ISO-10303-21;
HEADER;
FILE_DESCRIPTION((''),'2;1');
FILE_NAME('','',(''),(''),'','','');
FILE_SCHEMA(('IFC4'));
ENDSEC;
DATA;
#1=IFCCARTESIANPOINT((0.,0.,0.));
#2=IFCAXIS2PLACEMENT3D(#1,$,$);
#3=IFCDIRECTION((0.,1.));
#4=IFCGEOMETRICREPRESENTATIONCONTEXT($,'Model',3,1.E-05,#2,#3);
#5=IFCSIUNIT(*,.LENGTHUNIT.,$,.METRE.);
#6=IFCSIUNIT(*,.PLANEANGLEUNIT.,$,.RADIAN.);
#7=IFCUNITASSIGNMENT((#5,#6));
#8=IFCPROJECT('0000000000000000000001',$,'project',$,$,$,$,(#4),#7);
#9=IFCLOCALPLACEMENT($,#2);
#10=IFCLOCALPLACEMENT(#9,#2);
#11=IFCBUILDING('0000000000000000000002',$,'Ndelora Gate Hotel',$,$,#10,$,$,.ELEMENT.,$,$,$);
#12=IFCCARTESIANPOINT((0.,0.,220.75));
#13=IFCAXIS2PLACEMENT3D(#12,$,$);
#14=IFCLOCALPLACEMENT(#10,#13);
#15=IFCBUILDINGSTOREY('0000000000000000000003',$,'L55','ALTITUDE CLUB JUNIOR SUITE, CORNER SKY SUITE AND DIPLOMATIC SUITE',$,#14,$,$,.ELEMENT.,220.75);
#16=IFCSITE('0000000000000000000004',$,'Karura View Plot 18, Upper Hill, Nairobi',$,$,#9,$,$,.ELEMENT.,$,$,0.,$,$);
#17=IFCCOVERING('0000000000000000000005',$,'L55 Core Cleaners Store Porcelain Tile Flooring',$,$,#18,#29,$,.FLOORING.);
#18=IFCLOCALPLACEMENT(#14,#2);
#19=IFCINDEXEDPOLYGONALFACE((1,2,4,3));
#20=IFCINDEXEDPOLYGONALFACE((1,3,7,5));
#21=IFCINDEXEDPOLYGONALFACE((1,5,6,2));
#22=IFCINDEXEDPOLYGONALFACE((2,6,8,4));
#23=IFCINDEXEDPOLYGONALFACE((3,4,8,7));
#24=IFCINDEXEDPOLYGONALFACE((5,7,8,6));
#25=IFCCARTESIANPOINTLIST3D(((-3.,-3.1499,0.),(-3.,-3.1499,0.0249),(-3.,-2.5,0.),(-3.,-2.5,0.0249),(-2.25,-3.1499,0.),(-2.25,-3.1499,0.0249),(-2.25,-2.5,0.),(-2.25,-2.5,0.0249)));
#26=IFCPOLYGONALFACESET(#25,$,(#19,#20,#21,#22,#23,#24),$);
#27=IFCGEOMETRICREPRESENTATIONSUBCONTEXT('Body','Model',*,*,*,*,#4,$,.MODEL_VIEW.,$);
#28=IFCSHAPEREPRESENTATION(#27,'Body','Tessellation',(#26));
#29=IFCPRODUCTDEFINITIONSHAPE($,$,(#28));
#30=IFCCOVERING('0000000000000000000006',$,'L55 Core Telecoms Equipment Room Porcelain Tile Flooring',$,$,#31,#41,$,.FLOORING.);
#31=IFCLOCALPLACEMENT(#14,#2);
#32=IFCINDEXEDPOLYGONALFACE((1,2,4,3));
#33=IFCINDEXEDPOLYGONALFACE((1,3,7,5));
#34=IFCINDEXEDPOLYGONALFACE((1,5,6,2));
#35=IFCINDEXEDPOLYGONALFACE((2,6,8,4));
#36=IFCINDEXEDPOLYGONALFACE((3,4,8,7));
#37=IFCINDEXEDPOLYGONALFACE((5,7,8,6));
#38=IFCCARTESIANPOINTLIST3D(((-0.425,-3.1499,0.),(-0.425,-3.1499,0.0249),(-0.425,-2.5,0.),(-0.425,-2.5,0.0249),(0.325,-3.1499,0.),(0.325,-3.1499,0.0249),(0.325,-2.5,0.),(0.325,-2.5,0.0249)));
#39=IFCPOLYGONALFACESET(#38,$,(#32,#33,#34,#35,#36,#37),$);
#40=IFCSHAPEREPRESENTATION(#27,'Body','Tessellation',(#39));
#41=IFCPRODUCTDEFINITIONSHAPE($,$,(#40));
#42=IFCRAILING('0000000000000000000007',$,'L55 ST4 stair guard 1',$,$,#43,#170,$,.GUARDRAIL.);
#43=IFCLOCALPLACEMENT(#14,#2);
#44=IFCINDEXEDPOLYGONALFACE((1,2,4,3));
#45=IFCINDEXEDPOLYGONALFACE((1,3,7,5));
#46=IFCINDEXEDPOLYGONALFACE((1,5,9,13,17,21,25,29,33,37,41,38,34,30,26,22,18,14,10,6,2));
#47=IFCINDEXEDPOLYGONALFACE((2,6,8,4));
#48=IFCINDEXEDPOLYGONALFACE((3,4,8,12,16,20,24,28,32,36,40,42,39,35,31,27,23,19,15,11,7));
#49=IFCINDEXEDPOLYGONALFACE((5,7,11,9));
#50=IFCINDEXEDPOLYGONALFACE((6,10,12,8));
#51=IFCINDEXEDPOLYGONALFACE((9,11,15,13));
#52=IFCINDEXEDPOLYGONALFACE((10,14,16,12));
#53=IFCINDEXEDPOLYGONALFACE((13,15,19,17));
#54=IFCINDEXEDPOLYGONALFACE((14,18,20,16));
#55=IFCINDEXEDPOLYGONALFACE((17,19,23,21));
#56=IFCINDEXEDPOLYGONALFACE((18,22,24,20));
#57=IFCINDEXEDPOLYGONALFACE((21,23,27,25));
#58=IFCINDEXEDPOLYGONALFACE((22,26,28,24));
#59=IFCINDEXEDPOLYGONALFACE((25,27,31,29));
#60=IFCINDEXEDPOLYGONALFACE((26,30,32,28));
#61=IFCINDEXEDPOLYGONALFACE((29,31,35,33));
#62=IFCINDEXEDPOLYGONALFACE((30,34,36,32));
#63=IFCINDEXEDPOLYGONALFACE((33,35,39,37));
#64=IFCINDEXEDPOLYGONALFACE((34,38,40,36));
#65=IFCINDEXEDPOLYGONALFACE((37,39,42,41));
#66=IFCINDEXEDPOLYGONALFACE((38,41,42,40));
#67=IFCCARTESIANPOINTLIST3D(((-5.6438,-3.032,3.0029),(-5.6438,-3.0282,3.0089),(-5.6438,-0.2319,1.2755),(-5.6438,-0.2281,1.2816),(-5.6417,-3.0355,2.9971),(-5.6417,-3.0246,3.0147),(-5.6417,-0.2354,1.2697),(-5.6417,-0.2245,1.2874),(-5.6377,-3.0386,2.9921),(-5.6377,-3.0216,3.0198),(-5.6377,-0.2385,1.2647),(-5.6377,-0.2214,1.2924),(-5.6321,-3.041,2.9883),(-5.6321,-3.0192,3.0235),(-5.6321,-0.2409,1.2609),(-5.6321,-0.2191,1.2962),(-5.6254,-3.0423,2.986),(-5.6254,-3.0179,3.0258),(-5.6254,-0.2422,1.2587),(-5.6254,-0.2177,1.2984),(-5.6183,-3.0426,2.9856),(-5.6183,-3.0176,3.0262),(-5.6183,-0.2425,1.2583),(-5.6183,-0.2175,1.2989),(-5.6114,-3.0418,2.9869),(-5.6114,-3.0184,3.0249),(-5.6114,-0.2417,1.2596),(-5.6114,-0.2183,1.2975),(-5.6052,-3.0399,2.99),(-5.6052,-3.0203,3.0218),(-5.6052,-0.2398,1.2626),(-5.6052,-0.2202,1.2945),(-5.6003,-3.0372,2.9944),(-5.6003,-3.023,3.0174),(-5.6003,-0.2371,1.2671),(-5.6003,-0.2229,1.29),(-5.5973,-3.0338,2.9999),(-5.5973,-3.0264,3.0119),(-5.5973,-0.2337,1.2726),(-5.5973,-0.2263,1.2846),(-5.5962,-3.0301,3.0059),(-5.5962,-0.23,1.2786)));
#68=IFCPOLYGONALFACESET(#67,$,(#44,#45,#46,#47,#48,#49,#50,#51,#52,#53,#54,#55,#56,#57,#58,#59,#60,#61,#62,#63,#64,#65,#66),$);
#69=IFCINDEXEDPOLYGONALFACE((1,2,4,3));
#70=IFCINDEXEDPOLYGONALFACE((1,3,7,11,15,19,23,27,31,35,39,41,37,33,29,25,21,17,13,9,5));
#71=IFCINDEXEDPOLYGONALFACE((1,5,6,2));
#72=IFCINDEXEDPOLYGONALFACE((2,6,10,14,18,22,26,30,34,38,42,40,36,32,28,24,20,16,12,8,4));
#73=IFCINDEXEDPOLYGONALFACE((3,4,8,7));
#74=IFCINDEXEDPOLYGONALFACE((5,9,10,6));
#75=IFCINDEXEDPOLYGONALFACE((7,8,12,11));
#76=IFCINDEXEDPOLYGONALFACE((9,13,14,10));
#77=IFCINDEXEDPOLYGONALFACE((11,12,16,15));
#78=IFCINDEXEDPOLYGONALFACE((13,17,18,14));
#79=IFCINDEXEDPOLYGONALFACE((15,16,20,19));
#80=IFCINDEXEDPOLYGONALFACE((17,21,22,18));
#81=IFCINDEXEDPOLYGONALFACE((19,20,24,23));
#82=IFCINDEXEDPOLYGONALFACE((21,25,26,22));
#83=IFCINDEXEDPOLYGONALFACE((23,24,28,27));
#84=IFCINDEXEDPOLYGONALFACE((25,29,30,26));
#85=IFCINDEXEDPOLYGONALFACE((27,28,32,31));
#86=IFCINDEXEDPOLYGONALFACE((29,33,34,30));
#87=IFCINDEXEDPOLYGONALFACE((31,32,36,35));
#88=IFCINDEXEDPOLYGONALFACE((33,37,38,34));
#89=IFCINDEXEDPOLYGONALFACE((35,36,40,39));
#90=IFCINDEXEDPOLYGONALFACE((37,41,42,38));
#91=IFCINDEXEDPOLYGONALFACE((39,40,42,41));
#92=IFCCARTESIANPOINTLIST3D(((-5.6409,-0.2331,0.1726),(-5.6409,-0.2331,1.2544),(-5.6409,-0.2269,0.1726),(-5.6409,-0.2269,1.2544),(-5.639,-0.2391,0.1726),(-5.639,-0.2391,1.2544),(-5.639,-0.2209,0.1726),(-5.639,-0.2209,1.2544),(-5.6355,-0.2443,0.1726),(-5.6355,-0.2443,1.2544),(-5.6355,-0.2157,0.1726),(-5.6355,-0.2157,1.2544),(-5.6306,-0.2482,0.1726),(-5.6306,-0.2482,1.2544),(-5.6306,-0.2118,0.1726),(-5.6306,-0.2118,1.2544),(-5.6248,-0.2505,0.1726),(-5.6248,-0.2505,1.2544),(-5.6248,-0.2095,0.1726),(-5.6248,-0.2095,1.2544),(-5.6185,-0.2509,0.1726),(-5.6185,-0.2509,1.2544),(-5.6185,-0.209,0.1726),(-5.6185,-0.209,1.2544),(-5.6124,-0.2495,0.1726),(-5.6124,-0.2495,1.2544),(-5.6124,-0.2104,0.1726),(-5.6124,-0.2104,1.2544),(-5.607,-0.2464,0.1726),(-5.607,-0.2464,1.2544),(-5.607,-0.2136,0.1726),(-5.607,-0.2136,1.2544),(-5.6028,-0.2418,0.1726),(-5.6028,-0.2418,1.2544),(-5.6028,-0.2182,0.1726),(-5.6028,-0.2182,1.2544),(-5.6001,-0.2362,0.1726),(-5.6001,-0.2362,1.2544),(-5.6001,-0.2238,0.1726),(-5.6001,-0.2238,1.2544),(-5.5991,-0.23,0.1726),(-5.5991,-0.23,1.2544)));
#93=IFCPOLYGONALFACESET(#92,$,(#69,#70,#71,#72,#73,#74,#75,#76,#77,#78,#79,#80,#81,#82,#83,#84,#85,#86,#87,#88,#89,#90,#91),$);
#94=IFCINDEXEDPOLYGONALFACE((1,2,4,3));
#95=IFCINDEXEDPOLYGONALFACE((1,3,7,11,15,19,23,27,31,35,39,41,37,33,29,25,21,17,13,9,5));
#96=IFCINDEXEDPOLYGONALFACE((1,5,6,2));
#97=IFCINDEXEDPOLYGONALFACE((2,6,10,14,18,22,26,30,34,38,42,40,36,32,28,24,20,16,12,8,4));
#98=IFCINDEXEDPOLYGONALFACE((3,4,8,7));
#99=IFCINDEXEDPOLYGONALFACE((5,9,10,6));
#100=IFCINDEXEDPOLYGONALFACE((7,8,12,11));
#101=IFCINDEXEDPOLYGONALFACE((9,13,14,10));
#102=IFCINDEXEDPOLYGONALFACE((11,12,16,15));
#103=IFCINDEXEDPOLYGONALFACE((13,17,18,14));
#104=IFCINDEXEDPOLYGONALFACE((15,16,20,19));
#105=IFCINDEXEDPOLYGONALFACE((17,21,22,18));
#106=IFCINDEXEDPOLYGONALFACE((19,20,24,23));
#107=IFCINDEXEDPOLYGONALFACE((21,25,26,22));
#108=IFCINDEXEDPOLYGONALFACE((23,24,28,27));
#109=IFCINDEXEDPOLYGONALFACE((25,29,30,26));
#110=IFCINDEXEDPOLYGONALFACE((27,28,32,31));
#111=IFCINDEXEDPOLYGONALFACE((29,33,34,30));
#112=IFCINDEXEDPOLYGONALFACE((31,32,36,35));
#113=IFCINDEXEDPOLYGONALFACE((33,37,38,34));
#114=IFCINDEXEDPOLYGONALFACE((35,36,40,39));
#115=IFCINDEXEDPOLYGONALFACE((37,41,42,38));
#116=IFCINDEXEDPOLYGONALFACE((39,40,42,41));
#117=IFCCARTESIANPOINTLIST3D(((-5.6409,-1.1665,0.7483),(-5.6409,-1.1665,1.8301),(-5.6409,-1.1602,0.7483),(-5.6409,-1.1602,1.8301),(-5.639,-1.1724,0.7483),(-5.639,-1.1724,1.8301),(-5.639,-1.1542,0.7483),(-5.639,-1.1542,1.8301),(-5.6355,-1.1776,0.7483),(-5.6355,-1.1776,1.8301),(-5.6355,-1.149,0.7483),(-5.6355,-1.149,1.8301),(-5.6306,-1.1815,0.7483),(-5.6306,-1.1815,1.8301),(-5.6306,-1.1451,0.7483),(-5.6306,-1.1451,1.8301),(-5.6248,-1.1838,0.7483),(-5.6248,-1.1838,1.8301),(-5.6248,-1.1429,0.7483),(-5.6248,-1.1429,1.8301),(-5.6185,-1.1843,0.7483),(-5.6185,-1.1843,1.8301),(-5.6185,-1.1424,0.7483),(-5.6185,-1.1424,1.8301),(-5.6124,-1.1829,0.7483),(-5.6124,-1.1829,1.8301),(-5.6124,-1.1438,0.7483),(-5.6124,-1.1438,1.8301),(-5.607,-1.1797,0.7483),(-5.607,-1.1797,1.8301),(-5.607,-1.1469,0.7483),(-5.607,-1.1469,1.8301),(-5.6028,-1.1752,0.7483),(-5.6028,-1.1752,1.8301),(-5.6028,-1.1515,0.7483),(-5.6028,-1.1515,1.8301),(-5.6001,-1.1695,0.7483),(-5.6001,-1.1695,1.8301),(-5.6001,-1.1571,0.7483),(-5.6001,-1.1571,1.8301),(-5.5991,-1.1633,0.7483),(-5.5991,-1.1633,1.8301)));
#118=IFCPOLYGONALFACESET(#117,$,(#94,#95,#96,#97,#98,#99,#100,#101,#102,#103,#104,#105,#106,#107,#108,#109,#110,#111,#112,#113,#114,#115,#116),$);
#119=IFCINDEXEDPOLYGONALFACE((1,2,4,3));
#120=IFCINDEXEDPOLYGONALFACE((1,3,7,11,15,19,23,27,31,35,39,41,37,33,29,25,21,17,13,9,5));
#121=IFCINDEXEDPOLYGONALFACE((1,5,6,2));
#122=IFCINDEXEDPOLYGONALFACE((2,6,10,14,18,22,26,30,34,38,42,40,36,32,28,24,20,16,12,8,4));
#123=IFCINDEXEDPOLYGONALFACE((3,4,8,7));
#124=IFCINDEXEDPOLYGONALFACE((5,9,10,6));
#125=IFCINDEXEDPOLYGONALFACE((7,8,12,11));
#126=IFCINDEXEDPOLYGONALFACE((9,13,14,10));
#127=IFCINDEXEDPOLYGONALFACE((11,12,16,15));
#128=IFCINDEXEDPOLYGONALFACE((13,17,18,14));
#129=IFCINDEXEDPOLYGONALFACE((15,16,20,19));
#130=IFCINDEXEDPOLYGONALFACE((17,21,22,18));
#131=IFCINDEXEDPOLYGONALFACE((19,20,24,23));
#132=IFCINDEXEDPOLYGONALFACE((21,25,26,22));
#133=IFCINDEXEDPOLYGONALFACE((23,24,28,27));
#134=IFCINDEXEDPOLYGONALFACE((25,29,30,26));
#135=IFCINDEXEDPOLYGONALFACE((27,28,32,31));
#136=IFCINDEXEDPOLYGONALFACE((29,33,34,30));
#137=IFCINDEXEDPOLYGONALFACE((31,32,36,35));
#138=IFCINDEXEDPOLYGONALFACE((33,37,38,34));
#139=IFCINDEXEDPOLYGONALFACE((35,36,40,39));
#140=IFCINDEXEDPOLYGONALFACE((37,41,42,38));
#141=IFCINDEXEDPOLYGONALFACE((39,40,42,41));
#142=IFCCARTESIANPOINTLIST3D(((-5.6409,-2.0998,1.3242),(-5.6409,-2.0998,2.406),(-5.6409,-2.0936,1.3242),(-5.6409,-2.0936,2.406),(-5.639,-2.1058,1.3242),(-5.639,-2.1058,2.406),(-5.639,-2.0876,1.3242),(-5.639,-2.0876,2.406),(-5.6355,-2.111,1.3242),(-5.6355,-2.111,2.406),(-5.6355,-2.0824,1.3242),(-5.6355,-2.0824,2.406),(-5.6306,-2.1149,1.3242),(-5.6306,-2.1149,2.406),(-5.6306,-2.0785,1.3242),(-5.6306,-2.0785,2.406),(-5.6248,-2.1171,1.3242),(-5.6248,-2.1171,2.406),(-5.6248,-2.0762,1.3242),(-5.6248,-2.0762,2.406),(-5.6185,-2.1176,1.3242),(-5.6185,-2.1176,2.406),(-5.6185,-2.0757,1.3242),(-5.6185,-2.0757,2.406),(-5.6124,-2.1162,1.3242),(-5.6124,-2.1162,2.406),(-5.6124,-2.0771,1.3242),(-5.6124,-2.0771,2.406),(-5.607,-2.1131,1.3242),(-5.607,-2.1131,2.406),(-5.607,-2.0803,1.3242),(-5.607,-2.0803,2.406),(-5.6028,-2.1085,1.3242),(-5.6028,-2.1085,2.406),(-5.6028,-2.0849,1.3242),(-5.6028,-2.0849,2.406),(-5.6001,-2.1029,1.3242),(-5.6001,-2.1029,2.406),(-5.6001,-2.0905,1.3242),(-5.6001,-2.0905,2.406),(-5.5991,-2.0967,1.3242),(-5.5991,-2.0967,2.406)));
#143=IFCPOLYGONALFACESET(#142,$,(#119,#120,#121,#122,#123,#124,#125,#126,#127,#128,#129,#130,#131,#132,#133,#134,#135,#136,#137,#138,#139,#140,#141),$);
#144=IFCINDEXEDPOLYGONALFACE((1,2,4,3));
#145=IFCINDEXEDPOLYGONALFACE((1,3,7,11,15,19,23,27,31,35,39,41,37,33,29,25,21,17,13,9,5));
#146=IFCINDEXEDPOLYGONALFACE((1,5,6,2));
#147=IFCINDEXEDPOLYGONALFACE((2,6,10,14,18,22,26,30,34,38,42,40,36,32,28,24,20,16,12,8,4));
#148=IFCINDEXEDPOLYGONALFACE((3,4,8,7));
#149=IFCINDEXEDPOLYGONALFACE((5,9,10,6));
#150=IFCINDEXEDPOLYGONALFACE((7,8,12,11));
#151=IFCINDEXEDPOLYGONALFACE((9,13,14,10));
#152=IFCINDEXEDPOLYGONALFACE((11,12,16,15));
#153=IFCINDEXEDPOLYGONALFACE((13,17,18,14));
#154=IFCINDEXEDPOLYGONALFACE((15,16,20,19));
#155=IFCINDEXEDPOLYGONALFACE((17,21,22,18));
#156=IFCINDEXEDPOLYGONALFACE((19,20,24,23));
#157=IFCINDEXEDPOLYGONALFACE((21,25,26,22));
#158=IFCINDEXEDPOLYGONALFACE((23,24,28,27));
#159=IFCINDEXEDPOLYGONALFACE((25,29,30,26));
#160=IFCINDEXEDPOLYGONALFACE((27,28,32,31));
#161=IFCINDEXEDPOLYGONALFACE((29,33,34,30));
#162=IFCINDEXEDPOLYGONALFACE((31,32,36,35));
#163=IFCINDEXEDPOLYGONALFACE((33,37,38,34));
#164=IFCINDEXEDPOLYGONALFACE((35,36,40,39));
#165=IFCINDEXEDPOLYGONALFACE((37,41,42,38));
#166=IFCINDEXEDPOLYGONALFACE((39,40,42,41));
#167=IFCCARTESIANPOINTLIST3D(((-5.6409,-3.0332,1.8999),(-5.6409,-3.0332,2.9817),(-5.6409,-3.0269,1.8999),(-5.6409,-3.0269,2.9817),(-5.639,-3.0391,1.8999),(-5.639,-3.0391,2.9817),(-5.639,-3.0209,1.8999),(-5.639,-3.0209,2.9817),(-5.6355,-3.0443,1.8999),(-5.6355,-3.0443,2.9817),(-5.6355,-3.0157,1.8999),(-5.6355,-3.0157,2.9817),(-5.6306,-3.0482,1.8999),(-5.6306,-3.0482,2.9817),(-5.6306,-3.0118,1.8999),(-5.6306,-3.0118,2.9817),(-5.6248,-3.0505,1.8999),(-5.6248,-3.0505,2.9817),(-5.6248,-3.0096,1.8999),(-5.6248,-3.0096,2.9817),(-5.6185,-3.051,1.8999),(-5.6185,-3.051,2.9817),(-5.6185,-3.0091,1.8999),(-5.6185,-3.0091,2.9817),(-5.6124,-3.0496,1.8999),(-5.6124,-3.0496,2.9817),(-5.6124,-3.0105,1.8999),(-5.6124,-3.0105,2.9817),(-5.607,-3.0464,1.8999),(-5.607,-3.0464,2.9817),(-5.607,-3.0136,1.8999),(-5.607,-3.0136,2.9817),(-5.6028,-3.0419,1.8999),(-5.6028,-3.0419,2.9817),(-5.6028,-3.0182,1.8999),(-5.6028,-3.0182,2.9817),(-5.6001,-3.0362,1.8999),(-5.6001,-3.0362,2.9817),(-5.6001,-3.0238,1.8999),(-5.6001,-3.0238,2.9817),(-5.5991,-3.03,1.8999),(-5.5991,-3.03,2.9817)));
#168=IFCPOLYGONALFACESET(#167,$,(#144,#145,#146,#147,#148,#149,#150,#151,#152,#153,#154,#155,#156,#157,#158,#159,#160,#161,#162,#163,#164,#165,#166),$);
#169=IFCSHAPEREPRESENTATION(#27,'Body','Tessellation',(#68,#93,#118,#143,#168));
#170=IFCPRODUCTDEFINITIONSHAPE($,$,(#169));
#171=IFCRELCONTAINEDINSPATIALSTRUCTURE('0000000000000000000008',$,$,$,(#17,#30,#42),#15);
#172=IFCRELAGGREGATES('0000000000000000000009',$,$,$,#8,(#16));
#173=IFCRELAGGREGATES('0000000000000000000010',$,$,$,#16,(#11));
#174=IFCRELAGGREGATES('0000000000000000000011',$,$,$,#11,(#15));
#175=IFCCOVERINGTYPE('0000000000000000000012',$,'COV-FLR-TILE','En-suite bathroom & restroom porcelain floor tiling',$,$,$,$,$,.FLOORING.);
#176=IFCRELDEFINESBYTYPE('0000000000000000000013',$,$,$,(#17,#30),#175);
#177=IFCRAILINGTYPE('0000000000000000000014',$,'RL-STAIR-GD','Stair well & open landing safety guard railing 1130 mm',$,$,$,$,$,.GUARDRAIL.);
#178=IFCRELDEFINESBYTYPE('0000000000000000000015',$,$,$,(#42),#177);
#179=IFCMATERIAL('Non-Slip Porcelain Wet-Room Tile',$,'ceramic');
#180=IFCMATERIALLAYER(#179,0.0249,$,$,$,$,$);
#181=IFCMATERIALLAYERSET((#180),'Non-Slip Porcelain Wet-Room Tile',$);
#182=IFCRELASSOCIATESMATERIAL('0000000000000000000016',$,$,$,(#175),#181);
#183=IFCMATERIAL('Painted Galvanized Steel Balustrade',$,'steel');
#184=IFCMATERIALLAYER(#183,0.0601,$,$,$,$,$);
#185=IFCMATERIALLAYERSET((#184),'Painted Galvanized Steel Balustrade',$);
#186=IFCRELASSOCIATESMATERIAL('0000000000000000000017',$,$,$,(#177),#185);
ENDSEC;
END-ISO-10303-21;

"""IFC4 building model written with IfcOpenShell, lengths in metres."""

from ifc_helpers import new_model, si_unit, direction, frame, origin, origin_2d, place, context, subcontext, project, spatial, rectangle, circle, extrude, material, layer, layer_set, type_object, element, save


model = new_model("IFC4")

# Units and contexts
model_context = context("Model", 3, precision=1e-05, world=origin(), true_north=direction((0.0, 1.0)))
body_context = subcontext(model_context, "Body", "Model", "MODEL_VIEW")
ifc_project = project(units=[si_unit("LENGTHUNIT", "METRE"), si_unit("PLANEANGLEUNIT", "RADIAN")], contexts=[model_context])

# Site, building, storey
site_placement = place(None, origin())
site = spatial("IfcSite", under=ifc_project, at=site_placement, Name="Karura View Plot 18, Upper Hill, Nairobi", CompositionType="ELEMENT", RefElevation=0.0)
building_placement = place(site_placement, origin())
building = spatial("IfcBuilding", under=site, at=building_placement, Name="Ndelora Gate Hotel", CompositionType="ELEMENT")
storey_placement = place(building_placement, frame((0.0, 0.0, 220.75)))
storey = spatial("IfcBuildingStorey", under=building, at=storey_placement, Name="L55", Description="ALTITUDE CLUB JUNIOR SUITE, CORNER SKY SUITE AND DIPLOMATIC SUITE", CompositionType="ELEMENT", Elevation=220.75)

# Coverings
ifc_material_1 = material(Name="Non-Slip Porcelain Wet-Room Tile", Category="ceramic")
ifc_layer_1 = layer(ifc_material_1, 0.0249)
ifc_layer_set_1 = layer_set([ifc_layer_1], Name="Non-Slip Porcelain Wet-Room Tile")
covering_type = type_object("IfcCoveringType", Name="COV-FLR-TILE", Description="En-suite bathroom & restroom porcelain floor tiling", PredefinedType="FLOORING", material=ifc_layer_set_1)
for number, where, z_axis, x_axis, name in (
    (1, (-2.625, -2.825, 0.0), (0.0, 0.0, 1.0), (1.0, 0.0, 0.0), "L55 Core Cleaners Store Porcelain Tile Flooring"),
    (2, (-0.05, -2.825, 0.0), (0.0, 0.0, 1.0), (1.0, 0.0, 0.0), "L55 Core Telecoms Equipment Room Porcelain Tile Flooring"),
):
    element("IfcCovering", number, at=place(storey_placement, frame(where, z_axis=z_axis, x_axis=x_axis)), inside=storey, type_object=covering_type, Name=name, PredefinedType="FLOORING", context=body_context, shape_type="SweptSolid", body=[
        extrude(rectangle(XDim=0.75, YDim=0.6499, at=origin_2d()), origin(), (0.0, 0.0, 1.0), 0.0249),
    ])

# Railing
ifc_material_2 = material(Name="Painted Galvanized Steel Balustrade", Category="steel")
ifc_layer_2 = layer(ifc_material_2, 0.0601)
ifc_layer_set_2 = layer_set([ifc_layer_2], Name="Painted Galvanized Steel Balustrade")
railing_type_1 = type_object("IfcRailingType", Name="RL-STAIR-GD", Description="Stair well & open landing safety guard railing 1130 mm", PredefinedType="GUARDRAIL", material=ifc_layer_set_2)
railing_1_placement = place(storey_placement, frame((-5.6201, -0.23, 0.1726)))
element("IfcRailing", 3, at=railing_1_placement, inside=storey, type_object=railing_type_1, Name="L55 ST4 stair guard 1", PredefinedType="GUARDRAIL", context=body_context, shape_type="SweptSolid", body=[
    extrude(circle(Radius=0.0239, at=origin_2d()), frame((0.0, 0.0, 1.106), z_axis=(0.0, -0.85109, 0.52502), x_axis=(1.0, 0.0, 0.0)), (0.0, 0.0, 1.0), 3.29),
    extrude(circle(Radius=0.021, at=origin_2d()), origin(), (0.0, 0.0, 1.0), 1.0818),
    extrude(circle(Radius=0.021, at=origin_2d()), frame((0.0, -0.9333, 0.5757)), (0.0, 0.0, 1.0), 1.0818),
    extrude(circle(Radius=0.021, at=origin_2d()), frame((0.0, -1.8667, 1.1516)), (0.0, 0.0, 1.0), 1.0818),
    extrude(circle(Radius=0.021, at=origin_2d()), frame((0.0, -2.8, 1.7273)), (0.0, 0.0, 1.0), 1.0818),
])

save(model, "model.ifc")
